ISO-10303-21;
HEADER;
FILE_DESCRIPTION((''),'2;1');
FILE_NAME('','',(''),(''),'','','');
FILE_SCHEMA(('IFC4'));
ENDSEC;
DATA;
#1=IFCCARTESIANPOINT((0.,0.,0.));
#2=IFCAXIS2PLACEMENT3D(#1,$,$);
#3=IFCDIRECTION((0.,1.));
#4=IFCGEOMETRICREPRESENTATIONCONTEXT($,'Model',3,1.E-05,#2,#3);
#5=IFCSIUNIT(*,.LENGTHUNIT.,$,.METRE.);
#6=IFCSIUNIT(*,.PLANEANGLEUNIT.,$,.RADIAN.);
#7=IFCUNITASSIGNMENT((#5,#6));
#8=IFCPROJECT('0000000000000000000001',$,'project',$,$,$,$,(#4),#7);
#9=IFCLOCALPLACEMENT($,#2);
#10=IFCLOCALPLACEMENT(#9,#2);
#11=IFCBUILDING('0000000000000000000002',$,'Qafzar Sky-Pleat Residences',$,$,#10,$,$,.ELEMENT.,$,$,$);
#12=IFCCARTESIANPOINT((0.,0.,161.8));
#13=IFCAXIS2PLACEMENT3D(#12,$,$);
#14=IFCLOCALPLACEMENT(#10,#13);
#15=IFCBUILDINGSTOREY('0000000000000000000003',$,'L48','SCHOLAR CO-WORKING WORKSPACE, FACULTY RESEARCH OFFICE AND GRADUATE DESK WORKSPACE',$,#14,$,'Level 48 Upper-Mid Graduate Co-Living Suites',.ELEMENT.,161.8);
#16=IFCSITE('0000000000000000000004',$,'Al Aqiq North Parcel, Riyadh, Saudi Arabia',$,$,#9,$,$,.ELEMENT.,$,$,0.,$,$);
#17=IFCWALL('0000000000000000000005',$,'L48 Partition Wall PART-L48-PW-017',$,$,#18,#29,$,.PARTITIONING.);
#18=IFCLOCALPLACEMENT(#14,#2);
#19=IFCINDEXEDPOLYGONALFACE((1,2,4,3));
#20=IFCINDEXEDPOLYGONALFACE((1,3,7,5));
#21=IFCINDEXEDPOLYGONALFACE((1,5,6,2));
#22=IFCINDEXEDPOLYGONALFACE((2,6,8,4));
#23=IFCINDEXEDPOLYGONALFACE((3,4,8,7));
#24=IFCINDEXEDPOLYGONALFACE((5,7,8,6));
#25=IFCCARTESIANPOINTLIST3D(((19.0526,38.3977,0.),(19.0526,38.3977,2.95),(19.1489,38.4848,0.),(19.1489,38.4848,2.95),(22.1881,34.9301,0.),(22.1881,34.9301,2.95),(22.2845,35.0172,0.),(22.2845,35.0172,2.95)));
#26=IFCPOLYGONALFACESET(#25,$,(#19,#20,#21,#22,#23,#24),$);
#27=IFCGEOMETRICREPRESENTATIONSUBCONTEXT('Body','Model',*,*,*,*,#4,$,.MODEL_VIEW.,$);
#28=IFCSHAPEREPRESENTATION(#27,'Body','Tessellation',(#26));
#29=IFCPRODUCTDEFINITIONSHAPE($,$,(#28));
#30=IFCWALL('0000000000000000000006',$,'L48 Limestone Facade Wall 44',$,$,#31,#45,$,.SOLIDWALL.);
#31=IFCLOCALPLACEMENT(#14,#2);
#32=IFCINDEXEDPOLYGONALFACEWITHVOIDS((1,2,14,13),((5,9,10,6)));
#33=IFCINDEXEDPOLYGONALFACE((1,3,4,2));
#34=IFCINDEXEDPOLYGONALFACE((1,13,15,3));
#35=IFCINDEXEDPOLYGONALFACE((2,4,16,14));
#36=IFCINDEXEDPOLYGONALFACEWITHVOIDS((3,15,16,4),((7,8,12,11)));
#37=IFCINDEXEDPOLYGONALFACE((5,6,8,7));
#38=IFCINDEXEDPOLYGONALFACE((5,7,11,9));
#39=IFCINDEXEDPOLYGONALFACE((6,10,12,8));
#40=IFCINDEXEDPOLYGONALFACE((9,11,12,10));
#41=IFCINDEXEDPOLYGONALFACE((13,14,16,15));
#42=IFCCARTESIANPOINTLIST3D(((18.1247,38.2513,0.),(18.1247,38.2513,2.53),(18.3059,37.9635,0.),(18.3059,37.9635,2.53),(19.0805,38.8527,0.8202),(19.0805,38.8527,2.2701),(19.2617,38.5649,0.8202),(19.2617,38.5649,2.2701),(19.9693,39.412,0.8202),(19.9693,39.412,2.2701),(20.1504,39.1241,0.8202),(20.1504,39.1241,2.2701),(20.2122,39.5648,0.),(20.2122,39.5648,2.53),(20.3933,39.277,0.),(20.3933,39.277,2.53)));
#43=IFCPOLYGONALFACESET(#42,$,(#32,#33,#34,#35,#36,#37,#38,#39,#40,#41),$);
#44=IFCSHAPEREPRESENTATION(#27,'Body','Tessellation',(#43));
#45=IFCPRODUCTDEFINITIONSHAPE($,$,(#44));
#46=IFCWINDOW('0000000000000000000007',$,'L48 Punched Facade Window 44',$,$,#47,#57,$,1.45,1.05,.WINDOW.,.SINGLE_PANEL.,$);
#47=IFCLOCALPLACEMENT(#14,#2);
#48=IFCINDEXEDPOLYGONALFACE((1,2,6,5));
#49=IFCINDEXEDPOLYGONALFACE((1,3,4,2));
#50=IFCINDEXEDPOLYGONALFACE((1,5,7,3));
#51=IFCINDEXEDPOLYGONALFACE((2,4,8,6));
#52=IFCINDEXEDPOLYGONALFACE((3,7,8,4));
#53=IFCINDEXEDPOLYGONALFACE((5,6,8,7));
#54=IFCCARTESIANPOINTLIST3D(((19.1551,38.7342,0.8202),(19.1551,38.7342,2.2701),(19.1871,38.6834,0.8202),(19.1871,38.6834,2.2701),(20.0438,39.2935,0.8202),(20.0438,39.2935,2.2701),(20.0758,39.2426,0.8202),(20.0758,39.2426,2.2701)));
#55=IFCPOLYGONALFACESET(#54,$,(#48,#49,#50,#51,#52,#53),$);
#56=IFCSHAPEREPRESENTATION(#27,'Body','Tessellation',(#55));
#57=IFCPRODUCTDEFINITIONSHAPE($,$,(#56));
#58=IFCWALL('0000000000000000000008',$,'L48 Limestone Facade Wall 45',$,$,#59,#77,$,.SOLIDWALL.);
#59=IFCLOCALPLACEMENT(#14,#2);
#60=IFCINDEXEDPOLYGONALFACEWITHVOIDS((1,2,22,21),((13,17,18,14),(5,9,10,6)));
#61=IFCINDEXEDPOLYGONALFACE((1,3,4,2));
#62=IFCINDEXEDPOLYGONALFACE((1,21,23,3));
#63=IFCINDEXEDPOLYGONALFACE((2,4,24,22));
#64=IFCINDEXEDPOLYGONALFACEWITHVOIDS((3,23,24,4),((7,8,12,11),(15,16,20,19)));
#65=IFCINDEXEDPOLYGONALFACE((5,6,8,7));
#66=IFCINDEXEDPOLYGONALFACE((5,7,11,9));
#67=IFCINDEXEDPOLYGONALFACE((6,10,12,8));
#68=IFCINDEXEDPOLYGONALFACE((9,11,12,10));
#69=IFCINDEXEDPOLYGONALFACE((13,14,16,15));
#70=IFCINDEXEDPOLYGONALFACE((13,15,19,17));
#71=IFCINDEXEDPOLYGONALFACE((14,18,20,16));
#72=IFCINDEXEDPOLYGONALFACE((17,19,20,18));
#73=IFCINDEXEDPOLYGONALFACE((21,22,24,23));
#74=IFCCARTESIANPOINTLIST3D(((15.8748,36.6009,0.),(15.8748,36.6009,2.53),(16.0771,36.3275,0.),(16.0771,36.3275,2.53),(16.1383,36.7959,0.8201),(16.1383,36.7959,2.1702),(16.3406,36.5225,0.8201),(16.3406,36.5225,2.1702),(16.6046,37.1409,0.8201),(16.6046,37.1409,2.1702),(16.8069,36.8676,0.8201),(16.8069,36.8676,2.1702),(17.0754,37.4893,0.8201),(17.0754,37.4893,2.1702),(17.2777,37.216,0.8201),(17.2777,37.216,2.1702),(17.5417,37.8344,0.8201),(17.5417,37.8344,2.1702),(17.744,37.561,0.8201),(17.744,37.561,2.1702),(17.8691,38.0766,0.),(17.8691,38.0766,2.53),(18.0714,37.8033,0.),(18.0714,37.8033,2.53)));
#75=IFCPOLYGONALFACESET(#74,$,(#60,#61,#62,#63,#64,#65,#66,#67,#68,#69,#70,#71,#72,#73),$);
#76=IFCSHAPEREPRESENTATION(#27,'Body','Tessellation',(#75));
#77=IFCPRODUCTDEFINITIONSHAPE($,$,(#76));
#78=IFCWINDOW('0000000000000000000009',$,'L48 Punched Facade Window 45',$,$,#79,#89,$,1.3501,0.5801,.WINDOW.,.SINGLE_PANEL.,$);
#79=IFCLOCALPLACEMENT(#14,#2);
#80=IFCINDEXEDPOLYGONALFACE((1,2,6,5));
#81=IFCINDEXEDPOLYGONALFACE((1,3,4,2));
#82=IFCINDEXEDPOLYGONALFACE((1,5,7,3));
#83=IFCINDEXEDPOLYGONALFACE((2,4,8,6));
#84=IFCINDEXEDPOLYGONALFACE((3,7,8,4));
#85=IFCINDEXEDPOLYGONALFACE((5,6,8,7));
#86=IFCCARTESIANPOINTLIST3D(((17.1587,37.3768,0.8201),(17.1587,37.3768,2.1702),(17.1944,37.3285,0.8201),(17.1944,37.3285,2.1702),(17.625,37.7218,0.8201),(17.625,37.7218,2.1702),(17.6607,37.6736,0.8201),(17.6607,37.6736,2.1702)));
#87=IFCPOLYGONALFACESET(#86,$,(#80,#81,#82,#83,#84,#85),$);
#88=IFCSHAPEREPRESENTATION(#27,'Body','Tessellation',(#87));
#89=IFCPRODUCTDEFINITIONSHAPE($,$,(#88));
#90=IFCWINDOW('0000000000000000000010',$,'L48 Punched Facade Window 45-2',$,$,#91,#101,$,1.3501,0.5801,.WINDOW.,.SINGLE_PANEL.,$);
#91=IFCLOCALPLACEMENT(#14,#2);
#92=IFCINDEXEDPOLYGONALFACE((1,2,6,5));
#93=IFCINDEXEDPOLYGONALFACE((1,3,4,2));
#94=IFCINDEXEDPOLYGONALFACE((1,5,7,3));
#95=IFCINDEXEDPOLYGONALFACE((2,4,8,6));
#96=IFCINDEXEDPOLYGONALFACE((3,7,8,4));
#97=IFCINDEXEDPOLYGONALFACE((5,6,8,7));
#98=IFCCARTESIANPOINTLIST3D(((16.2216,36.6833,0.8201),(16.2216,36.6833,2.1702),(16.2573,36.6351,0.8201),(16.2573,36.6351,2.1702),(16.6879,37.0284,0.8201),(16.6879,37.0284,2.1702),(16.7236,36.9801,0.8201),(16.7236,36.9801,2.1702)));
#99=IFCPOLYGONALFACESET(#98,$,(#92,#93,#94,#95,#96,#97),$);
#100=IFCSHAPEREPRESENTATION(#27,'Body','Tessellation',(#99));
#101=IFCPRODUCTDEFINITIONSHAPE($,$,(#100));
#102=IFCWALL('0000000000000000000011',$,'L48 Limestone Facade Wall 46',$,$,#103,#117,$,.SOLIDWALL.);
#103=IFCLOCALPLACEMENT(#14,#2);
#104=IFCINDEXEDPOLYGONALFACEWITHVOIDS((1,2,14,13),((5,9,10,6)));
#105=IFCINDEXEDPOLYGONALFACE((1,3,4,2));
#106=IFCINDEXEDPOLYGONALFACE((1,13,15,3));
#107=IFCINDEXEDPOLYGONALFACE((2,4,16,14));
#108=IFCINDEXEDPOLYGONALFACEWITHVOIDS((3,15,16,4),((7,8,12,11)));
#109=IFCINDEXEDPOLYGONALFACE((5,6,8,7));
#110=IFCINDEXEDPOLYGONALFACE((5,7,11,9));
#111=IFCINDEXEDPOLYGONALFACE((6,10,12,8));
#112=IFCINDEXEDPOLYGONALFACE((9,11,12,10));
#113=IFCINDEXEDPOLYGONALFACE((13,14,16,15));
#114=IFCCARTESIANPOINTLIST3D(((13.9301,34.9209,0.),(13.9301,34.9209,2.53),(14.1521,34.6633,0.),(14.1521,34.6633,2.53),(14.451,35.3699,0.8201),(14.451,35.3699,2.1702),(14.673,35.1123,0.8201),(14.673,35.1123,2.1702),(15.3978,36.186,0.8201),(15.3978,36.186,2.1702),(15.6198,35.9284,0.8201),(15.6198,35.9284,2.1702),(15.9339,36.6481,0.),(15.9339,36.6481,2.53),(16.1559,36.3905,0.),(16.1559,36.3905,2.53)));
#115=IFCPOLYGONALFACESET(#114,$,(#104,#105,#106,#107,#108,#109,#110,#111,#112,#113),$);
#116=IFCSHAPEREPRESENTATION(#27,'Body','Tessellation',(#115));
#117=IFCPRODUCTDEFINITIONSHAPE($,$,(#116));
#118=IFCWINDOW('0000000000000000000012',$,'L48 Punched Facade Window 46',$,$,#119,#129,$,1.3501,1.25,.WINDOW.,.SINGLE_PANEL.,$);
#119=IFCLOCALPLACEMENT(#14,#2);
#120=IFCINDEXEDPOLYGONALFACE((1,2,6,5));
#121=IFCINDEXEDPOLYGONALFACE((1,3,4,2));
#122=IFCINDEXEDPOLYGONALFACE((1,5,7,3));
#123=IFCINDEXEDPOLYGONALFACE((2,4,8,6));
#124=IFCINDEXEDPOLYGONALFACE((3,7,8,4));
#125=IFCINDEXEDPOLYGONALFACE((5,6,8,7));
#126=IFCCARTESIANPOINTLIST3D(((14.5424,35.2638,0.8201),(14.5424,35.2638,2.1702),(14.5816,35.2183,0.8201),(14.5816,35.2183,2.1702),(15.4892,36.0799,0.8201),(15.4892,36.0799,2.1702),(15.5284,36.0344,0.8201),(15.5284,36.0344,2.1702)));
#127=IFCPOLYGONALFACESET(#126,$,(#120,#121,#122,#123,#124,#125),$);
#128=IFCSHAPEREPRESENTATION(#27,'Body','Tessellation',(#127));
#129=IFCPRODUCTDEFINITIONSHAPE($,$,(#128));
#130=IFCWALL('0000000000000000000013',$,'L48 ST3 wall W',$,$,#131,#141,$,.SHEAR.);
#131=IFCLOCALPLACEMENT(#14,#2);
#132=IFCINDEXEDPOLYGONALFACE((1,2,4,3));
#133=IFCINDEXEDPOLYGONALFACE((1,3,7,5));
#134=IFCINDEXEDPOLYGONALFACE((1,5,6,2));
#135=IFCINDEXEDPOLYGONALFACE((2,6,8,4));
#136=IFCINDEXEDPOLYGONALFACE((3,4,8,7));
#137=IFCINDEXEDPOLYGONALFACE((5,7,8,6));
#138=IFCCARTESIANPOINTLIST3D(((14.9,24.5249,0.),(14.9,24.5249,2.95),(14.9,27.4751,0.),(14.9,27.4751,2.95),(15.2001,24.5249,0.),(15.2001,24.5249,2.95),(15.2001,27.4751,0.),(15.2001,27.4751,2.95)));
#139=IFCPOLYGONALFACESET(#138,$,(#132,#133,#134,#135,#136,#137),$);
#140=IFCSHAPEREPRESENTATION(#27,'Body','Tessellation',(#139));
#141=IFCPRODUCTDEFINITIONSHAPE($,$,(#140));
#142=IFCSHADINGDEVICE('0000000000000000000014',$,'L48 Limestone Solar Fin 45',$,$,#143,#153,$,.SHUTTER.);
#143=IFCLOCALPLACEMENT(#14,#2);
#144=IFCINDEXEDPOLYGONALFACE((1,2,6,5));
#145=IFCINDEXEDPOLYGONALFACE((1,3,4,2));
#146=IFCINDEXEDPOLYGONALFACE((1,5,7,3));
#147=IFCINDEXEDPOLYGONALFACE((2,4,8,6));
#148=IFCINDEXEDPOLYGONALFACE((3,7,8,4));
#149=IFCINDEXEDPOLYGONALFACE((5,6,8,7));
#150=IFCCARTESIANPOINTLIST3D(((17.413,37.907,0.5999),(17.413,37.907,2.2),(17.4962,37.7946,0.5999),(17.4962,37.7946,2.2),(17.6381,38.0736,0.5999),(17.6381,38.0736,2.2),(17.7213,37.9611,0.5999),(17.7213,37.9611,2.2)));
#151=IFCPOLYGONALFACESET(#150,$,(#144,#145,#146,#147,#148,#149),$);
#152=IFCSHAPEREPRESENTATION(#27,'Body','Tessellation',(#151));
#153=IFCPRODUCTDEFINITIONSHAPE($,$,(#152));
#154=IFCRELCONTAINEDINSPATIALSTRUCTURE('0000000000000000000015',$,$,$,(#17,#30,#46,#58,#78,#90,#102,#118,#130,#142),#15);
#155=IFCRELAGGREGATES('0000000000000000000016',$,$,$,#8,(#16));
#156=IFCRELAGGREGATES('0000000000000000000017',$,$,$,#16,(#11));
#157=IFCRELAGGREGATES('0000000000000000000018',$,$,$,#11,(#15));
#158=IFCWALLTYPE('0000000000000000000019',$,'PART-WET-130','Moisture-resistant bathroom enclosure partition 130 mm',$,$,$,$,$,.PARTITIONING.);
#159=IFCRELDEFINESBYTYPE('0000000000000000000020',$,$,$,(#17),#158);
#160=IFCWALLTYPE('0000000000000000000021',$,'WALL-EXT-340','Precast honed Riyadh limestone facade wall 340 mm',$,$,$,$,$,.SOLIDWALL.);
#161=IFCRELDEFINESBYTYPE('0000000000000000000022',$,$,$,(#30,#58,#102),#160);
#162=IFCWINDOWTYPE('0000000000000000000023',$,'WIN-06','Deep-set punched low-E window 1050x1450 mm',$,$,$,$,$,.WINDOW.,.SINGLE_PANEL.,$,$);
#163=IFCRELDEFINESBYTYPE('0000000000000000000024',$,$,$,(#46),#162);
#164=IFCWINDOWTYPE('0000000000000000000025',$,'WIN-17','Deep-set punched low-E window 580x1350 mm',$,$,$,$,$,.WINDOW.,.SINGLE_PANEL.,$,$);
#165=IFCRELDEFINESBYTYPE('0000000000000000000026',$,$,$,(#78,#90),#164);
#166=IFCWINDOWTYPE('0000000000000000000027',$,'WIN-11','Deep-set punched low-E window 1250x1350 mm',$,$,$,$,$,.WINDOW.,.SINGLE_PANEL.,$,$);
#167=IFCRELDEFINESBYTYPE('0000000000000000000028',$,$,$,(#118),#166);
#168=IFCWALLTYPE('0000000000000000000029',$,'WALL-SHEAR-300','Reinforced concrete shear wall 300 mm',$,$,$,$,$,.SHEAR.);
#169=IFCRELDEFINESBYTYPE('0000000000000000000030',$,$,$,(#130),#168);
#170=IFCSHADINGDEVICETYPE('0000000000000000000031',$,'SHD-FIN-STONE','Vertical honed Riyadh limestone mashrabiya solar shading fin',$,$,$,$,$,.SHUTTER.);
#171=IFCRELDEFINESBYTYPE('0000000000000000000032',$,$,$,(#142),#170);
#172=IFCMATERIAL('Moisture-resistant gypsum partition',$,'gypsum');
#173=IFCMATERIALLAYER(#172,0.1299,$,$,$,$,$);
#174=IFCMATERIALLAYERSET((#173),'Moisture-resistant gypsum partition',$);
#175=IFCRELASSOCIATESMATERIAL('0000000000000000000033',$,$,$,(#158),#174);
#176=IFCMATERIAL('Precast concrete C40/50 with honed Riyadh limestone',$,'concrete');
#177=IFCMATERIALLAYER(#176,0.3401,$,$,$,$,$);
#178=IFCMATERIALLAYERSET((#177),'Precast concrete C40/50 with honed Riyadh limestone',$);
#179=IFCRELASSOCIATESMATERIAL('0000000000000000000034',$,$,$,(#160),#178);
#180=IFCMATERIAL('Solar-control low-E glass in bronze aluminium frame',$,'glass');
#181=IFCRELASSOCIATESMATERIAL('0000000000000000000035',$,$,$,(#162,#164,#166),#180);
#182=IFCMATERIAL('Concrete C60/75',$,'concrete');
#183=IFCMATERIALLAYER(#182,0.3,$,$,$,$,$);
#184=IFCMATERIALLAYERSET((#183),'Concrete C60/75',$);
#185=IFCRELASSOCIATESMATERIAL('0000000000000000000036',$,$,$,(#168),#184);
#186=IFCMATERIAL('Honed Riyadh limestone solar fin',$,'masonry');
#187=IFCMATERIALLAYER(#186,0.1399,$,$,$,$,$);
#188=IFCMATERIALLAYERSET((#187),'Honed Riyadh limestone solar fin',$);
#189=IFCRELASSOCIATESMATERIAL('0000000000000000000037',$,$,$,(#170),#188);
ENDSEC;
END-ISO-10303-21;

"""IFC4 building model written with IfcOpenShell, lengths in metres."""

from ifc_helpers import new_model, si_unit, direction, frame, frame_2d, origin, origin_2d, place, context, subcontext, project, spatial, rectangle, extrude, source, transform, mapped, material, layer, layer_set, type_object, element, fill, save


model = new_model("IFC4")

# Units and contexts
model_context = context("Model", 3, precision=1e-05, world=origin(), true_north=direction((0.0, 1.0)))
body_context = subcontext(model_context, "Body", "Model", "MODEL_VIEW")
ifc_project = project(units=[si_unit("LENGTHUNIT", "METRE"), si_unit("PLANEANGLEUNIT", "RADIAN")], contexts=[model_context])

# Site, building, storey
site_placement = place(None, origin())
site = spatial("IfcSite", under=ifc_project, at=site_placement, Name="Al Aqiq North Parcel, Riyadh, Saudi Arabia", CompositionType="ELEMENT", RefElevation=0.0)
building_placement = place(site_placement, origin())
building = spatial("IfcBuilding", under=site, at=building_placement, Name="Qafzar Sky-Pleat Residences", CompositionType="ELEMENT")
storey_placement = place(building_placement, frame((0.0, 0.0, 161.8)))
storey = spatial("IfcBuildingStorey", under=building, at=storey_placement, Name="L48", Description="SCHOLAR CO-WORKING WORKSPACE, FACULTY RESEARCH OFFICE AND GRADUATE DESK WORKSPACE", LongName="Level 48 Upper-Mid Graduate Co-Living Suites", CompositionType="ELEMENT", Elevation=161.8)

# Shared definitions
ifc_material_1 = material(Name="Concrete C60/75", Category="concrete")

# Wall
ifc_material_2 = material(Name="Moisture-resistant gypsum partition", Category="gypsum")
ifc_layer_1 = layer(ifc_material_2, 0.1299)
ifc_layer_set_1 = layer_set([ifc_layer_1], Name="Moisture-resistant gypsum partition")
wall_type_1 = type_object("IfcWallType", Name="PART-WET-130", Description="Moisture-resistant bathroom enclosure partition 130 mm", PredefinedType="PARTITIONING", material=ifc_layer_set_1)
wall_1_placement = place(storey_placement, frame((19.1008, 38.4412, 0.0), z_axis=(0.0, 0.0, 1.0), x_axis=(0.670703, -0.741726, 0.0)))
element("IfcWall", 1, at=wall_1_placement, inside=storey, type_object=wall_type_1, Name="L48 Partition Wall PART-L48-PW-017", PredefinedType="PARTITIONING", context=body_context, shape_type="SweptSolid", body=[
    extrude(rectangle(XDim=4.675, YDim=0.1299, at=frame_2d((2.3374, 0.0))), origin(), (0.0, 0.0, 1.0), 2.95),
])

# Wall, opening, window
ifc_material_3 = material(Name="Precast concrete C40/50 with honed Riyadh limestone", Category="concrete")
ifc_layer_2 = layer(ifc_material_3, 0.3401)
ifc_layer_set_2 = layer_set([ifc_layer_2], Name="Precast concrete C40/50 with honed Riyadh limestone")
wall_type_2 = type_object("IfcWallType", Name="WALL-EXT-340", Description="Precast honed Riyadh limestone facade wall 340 mm", PredefinedType="SOLIDWALL", material=ifc_layer_set_2)
wall_2_placement = place(storey_placement, frame((20.3027, 39.4209, 0.0), z_axis=(0.0, 0.0, 1.0), x_axis=(-0.846382, -0.532577, 0.0)))
wall_2 = element("IfcWall", 2, at=wall_2_placement, inside=storey, type_object=wall_type_2, Name="L48 Limestone Facade Wall 44", PredefinedType="SOLIDWALL", context=body_context, shape_type="SweptSolid", body=[
    extrude(rectangle(XDim=2.4663, YDim=0.3401, at=frame_2d((1.2332, 0.0))), origin(), (0.0, 0.0, 1.0), 2.53),
])
opening_1_placement = place(wall_2_placement, frame((0.2871, 0.0, 0.8201)))
opening_1 = element("IfcOpeningElement", 3, at=opening_1_placement, cuts=wall_2, PredefinedType="OPENING", context=body_context, shape_type="SweptSolid", body=[
    extrude(rectangle(XDim=1.05, YDim=1.45, at=frame_2d((0.5249, 0.7251))), frame((0.0, 0.1802, 0.0), z_axis=(0.0, -1.0, 0.0), x_axis=(1.0, 0.0, 0.0)), (0.0, 0.0, 1.0), 0.3601),
])
ifc_material_4 = material(Name="Solar-control low-E glass in bronze aluminium frame", Category="glass")
window_type_1 = type_object("IfcWindowType", Name="WIN-06", Description="Deep-set punched low-E window 1050x1450 mm", PartitioningType="SINGLE_PANEL", PredefinedType="WINDOW", material=ifc_material_4)
shared_shape_1 = source(origin(), body_context, "Body", "SweptSolid", [
    extrude(rectangle(XDim=1.05, YDim=1.45, at=frame_2d((0.5249, 0.7251))), frame((0.0, 0.03, 0.0), z_axis=(0.0, -1.0, 0.0), x_axis=(1.0, 0.0, 0.0)), (0.0, 0.0, 1.0), 0.0601),
])
window_1_placement = place(opening_1_placement, origin())
window_1 = element("IfcWindow", 4, at=window_1_placement, inside=storey, type_object=window_type_1, Name="L48 Punched Facade Window 44", OverallHeight=1.45, OverallWidth=1.05, PartitioningType="SINGLE_PANEL", PredefinedType="WINDOW", context=body_context, shape_type="MappedRepresentation", body=[
    mapped(shared_shape_1, transform((0.0, 0.0, 0.0), x_axis=(1.0, 0.0, 0.0), y_axis=(0.0, 1.0, 0.0), z_axis=(0.0, 0.0, 1.0), scale=1.0)),
])
fill(opening_1, window_1)

# Wall, openings, windows
wall_3_placement = place(storey_placement, frame((17.9702, 37.9399, 0.0), z_axis=(0.0, 0.0, 1.0), x_axis=(-0.803845, -0.594839, 0.0)))
wall_3 = element("IfcWall", 5, at=wall_3_placement, inside=storey, type_object=wall_type_2, Name="L48 Limestone Facade Wall 45", PredefinedType="SOLIDWALL", context=body_context, shape_type="SweptSolid", body=[
    extrude(rectangle(XDim=2.481, YDim=0.3401, at=frame_2d((1.2405, 0.0))), origin(), (0.0, 0.0, 1.0), 2.53),
])
opening_2_placement = place(wall_3_placement, frame((0.4072, 0.0, 0.8201)))
opening_2 = element("IfcOpeningElement", 6, at=opening_2_placement, cuts=wall_3, PredefinedType="OPENING", context=body_context, shape_type="SweptSolid", body=[
    extrude(rectangle(XDim=0.5801, YDim=1.3501, at=frame_2d((0.29, 0.675))), frame((0.0, 0.1802, 0.0), z_axis=(0.0, -1.0, 0.0), x_axis=(1.0, 0.0, 0.0)), (0.0, 0.0, 1.0), 0.3601),
])
opening_3_placement = place(wall_3_placement, frame((1.573, 0.0, 0.8201)))
opening_3 = element("IfcOpeningElement", 7, at=opening_3_placement, cuts=wall_3, PredefinedType="OPENING", context=body_context, shape_type="SweptSolid", body=[
    extrude(rectangle(XDim=0.5801, YDim=1.3501, at=frame_2d((0.29, 0.675))), frame((0.0, 0.1802, 0.0), z_axis=(0.0, -1.0, 0.0), x_axis=(1.0, 0.0, 0.0)), (0.0, 0.0, 1.0), 0.3601),
])
window_type_2 = type_object("IfcWindowType", Name="WIN-17", Description="Deep-set punched low-E window 580x1350 mm", PartitioningType="SINGLE_PANEL", PredefinedType="WINDOW", material=ifc_material_4)
shared_shape_2 = source(origin(), body_context, "Body", "SweptSolid", [
    extrude(rectangle(XDim=0.5801, YDim=1.3501, at=frame_2d((0.29, 0.675))), frame((0.0, 0.03, 0.0), z_axis=(0.0, -1.0, 0.0), x_axis=(1.0, 0.0, 0.0)), (0.0, 0.0, 1.0), 0.0601),
])
window_2_placement = place(opening_2_placement, origin())
window_2 = element("IfcWindow", 8, at=window_2_placement, inside=storey, type_object=window_type_2, Name="L48 Punched Facade Window 45", OverallHeight=1.3501, OverallWidth=0.5801, PartitioningType="SINGLE_PANEL", PredefinedType="WINDOW", context=body_context, shape_type="MappedRepresentation", body=[
    mapped(shared_shape_2, transform((0.0, 0.0, 0.0), x_axis=(1.0, 0.0, 0.0), y_axis=(0.0, 1.0, 0.0), z_axis=(0.0, 0.0, 1.0), scale=1.0)),
])
fill(opening_2, window_2)
window_3_placement = place(opening_3_placement, origin())
window_3 = element("IfcWindow", 9, at=window_3_placement, inside=storey, type_object=window_type_2, Name="L48 Punched Facade Window 45-2", OverallHeight=1.3501, OverallWidth=0.5801, PartitioningType="SINGLE_PANEL", PredefinedType="WINDOW", context=body_context, shape_type="MappedRepresentation", body=[
    mapped(shared_shape_2, transform((0.0, 0.0, 0.0), x_axis=(1.0, 0.0, 0.0), y_axis=(0.0, 1.0, 0.0), z_axis=(0.0, 0.0, 1.0), scale=1.0)),
])
fill(opening_3, window_3)

# Wall, opening, window
wall_4_placement = place(storey_placement, frame((16.0449, 36.5193, 0.0), z_axis=(0.0, 0.0, 1.0), x_axis=(-0.757449, -0.652894, 0.0)))
wall_4 = element("IfcWall", 10, at=wall_4_placement, inside=storey, type_object=wall_type_2, Name="L48 Limestone Facade Wall 46", PredefinedType="SOLIDWALL", context=body_context, shape_type="SweptSolid", body=[
    extrude(rectangle(XDim=2.6455, YDim=0.3401, at=frame_2d((1.3228, 0.0))), origin(), (0.0, 0.0, 1.0), 2.53),
])
opening_4_placement = place(wall_4_placement, frame((0.7078, 0.0, 0.8201)))
opening_4 = element("IfcOpeningElement", 11, at=opening_4_placement, cuts=wall_4, PredefinedType="OPENING", context=body_context, shape_type="SweptSolid", body=[
    extrude(rectangle(XDim=1.25, YDim=1.3501, at=frame_2d((0.625, 0.675))), frame((0.0, 0.1802, 0.0), z_axis=(0.0, -1.0, 0.0), x_axis=(1.0, 0.0, 0.0)), (0.0, 0.0, 1.0), 0.3601),
])
window_type_3 = type_object("IfcWindowType", Name="WIN-11", Description="Deep-set punched low-E window 1250x1350 mm", PartitioningType="SINGLE_PANEL", PredefinedType="WINDOW", material=ifc_material_4)
shared_shape_3 = source(origin(), body_context, "Body", "SweptSolid", [
    extrude(rectangle(XDim=1.25, YDim=1.3501, at=frame_2d((0.625, 0.675))), frame((0.0, 0.03, 0.0), z_axis=(0.0, -1.0, 0.0), x_axis=(1.0, 0.0, 0.0)), (0.0, 0.0, 1.0), 0.0601),
])
window_4_placement = place(opening_4_placement, origin())
window_4 = element("IfcWindow", 12, at=window_4_placement, inside=storey, type_object=window_type_3, Name="L48 Punched Facade Window 46", OverallHeight=1.3501, OverallWidth=1.25, PartitioningType="SINGLE_PANEL", PredefinedType="WINDOW", context=body_context, shape_type="MappedRepresentation", body=[
    mapped(shared_shape_3, transform((0.0, 0.0, 0.0), x_axis=(1.0, 0.0, 0.0), y_axis=(0.0, 1.0, 0.0), z_axis=(0.0, 0.0, 1.0), scale=1.0)),
])
fill(opening_4, window_4)

# Wall
ifc_layer_3 = layer(ifc_material_1, 0.3)
ifc_layer_set_3 = layer_set([ifc_layer_3], Name="Concrete C60/75")
wall_type_3 = type_object("IfcWallType", Name="WALL-SHEAR-300", Description="Reinforced concrete shear wall 300 mm", PredefinedType="SHEAR", material=ifc_layer_set_3)
wall_5_placement = place(storey_placement, frame((15.05, 27.4751, 0.0), z_axis=(0.0, 0.0, 1.0), x_axis=(0.0, -1.0, 0.0)))
element("IfcWall", 13, at=wall_5_placement, inside=storey, type_object=wall_type_3, Name="L48 ST3 wall W", PredefinedType="SHEAR", context=body_context, shape_type="SweptSolid", body=[
    extrude(rectangle(XDim=2.9502, YDim=0.3, at=frame_2d((1.4751, 0.0))), origin(), (0.0, 0.0, 1.0), 2.95),
])

# Shading device
ifc_material_5 = material(Name="Honed Riyadh limestone solar fin", Category="masonry")
ifc_layer_4 = layer(ifc_material_5, 0.1399)
ifc_layer_set_4 = layer_set([ifc_layer_4], Name="Honed Riyadh limestone solar fin")
shading_device_type = type_object("IfcShadingDeviceType", Name="SHD-FIN-STONE", Description="Vertical honed Riyadh limestone mashrabiya solar shading fin", PredefinedType="SHUTTER", material=ifc_layer_set_4)
shared_shape_4 = source(origin(), body_context, "Body", "SweptSolid", [
    extrude(rectangle(XDim=0.1399, YDim=0.28, at=origin_2d()), origin(), (0.0, 0.0, 1.0), 1.6001),
])
shading_device_placement = place(storey_placement, frame((17.5671, 37.9341, 0.5999), z_axis=(0.0, 0.0, 1.0), x_axis=(-0.594864, 0.803826, 0.0)))
element("IfcShadingDevice", 14, at=shading_device_placement, inside=storey, type_object=shading_device_type, Name="L48 Limestone Solar Fin 45", PredefinedType="SHUTTER", context=body_context, shape_type="MappedRepresentation", body=[
    mapped(shared_shape_4, transform((0.0, 0.0, 0.0), x_axis=(1.0, 0.0, 0.0), y_axis=(0.0, 1.0, 0.0), z_axis=(0.0, 0.0, 1.0), scale=1.0)),
])

save(model, "model.ifc")
